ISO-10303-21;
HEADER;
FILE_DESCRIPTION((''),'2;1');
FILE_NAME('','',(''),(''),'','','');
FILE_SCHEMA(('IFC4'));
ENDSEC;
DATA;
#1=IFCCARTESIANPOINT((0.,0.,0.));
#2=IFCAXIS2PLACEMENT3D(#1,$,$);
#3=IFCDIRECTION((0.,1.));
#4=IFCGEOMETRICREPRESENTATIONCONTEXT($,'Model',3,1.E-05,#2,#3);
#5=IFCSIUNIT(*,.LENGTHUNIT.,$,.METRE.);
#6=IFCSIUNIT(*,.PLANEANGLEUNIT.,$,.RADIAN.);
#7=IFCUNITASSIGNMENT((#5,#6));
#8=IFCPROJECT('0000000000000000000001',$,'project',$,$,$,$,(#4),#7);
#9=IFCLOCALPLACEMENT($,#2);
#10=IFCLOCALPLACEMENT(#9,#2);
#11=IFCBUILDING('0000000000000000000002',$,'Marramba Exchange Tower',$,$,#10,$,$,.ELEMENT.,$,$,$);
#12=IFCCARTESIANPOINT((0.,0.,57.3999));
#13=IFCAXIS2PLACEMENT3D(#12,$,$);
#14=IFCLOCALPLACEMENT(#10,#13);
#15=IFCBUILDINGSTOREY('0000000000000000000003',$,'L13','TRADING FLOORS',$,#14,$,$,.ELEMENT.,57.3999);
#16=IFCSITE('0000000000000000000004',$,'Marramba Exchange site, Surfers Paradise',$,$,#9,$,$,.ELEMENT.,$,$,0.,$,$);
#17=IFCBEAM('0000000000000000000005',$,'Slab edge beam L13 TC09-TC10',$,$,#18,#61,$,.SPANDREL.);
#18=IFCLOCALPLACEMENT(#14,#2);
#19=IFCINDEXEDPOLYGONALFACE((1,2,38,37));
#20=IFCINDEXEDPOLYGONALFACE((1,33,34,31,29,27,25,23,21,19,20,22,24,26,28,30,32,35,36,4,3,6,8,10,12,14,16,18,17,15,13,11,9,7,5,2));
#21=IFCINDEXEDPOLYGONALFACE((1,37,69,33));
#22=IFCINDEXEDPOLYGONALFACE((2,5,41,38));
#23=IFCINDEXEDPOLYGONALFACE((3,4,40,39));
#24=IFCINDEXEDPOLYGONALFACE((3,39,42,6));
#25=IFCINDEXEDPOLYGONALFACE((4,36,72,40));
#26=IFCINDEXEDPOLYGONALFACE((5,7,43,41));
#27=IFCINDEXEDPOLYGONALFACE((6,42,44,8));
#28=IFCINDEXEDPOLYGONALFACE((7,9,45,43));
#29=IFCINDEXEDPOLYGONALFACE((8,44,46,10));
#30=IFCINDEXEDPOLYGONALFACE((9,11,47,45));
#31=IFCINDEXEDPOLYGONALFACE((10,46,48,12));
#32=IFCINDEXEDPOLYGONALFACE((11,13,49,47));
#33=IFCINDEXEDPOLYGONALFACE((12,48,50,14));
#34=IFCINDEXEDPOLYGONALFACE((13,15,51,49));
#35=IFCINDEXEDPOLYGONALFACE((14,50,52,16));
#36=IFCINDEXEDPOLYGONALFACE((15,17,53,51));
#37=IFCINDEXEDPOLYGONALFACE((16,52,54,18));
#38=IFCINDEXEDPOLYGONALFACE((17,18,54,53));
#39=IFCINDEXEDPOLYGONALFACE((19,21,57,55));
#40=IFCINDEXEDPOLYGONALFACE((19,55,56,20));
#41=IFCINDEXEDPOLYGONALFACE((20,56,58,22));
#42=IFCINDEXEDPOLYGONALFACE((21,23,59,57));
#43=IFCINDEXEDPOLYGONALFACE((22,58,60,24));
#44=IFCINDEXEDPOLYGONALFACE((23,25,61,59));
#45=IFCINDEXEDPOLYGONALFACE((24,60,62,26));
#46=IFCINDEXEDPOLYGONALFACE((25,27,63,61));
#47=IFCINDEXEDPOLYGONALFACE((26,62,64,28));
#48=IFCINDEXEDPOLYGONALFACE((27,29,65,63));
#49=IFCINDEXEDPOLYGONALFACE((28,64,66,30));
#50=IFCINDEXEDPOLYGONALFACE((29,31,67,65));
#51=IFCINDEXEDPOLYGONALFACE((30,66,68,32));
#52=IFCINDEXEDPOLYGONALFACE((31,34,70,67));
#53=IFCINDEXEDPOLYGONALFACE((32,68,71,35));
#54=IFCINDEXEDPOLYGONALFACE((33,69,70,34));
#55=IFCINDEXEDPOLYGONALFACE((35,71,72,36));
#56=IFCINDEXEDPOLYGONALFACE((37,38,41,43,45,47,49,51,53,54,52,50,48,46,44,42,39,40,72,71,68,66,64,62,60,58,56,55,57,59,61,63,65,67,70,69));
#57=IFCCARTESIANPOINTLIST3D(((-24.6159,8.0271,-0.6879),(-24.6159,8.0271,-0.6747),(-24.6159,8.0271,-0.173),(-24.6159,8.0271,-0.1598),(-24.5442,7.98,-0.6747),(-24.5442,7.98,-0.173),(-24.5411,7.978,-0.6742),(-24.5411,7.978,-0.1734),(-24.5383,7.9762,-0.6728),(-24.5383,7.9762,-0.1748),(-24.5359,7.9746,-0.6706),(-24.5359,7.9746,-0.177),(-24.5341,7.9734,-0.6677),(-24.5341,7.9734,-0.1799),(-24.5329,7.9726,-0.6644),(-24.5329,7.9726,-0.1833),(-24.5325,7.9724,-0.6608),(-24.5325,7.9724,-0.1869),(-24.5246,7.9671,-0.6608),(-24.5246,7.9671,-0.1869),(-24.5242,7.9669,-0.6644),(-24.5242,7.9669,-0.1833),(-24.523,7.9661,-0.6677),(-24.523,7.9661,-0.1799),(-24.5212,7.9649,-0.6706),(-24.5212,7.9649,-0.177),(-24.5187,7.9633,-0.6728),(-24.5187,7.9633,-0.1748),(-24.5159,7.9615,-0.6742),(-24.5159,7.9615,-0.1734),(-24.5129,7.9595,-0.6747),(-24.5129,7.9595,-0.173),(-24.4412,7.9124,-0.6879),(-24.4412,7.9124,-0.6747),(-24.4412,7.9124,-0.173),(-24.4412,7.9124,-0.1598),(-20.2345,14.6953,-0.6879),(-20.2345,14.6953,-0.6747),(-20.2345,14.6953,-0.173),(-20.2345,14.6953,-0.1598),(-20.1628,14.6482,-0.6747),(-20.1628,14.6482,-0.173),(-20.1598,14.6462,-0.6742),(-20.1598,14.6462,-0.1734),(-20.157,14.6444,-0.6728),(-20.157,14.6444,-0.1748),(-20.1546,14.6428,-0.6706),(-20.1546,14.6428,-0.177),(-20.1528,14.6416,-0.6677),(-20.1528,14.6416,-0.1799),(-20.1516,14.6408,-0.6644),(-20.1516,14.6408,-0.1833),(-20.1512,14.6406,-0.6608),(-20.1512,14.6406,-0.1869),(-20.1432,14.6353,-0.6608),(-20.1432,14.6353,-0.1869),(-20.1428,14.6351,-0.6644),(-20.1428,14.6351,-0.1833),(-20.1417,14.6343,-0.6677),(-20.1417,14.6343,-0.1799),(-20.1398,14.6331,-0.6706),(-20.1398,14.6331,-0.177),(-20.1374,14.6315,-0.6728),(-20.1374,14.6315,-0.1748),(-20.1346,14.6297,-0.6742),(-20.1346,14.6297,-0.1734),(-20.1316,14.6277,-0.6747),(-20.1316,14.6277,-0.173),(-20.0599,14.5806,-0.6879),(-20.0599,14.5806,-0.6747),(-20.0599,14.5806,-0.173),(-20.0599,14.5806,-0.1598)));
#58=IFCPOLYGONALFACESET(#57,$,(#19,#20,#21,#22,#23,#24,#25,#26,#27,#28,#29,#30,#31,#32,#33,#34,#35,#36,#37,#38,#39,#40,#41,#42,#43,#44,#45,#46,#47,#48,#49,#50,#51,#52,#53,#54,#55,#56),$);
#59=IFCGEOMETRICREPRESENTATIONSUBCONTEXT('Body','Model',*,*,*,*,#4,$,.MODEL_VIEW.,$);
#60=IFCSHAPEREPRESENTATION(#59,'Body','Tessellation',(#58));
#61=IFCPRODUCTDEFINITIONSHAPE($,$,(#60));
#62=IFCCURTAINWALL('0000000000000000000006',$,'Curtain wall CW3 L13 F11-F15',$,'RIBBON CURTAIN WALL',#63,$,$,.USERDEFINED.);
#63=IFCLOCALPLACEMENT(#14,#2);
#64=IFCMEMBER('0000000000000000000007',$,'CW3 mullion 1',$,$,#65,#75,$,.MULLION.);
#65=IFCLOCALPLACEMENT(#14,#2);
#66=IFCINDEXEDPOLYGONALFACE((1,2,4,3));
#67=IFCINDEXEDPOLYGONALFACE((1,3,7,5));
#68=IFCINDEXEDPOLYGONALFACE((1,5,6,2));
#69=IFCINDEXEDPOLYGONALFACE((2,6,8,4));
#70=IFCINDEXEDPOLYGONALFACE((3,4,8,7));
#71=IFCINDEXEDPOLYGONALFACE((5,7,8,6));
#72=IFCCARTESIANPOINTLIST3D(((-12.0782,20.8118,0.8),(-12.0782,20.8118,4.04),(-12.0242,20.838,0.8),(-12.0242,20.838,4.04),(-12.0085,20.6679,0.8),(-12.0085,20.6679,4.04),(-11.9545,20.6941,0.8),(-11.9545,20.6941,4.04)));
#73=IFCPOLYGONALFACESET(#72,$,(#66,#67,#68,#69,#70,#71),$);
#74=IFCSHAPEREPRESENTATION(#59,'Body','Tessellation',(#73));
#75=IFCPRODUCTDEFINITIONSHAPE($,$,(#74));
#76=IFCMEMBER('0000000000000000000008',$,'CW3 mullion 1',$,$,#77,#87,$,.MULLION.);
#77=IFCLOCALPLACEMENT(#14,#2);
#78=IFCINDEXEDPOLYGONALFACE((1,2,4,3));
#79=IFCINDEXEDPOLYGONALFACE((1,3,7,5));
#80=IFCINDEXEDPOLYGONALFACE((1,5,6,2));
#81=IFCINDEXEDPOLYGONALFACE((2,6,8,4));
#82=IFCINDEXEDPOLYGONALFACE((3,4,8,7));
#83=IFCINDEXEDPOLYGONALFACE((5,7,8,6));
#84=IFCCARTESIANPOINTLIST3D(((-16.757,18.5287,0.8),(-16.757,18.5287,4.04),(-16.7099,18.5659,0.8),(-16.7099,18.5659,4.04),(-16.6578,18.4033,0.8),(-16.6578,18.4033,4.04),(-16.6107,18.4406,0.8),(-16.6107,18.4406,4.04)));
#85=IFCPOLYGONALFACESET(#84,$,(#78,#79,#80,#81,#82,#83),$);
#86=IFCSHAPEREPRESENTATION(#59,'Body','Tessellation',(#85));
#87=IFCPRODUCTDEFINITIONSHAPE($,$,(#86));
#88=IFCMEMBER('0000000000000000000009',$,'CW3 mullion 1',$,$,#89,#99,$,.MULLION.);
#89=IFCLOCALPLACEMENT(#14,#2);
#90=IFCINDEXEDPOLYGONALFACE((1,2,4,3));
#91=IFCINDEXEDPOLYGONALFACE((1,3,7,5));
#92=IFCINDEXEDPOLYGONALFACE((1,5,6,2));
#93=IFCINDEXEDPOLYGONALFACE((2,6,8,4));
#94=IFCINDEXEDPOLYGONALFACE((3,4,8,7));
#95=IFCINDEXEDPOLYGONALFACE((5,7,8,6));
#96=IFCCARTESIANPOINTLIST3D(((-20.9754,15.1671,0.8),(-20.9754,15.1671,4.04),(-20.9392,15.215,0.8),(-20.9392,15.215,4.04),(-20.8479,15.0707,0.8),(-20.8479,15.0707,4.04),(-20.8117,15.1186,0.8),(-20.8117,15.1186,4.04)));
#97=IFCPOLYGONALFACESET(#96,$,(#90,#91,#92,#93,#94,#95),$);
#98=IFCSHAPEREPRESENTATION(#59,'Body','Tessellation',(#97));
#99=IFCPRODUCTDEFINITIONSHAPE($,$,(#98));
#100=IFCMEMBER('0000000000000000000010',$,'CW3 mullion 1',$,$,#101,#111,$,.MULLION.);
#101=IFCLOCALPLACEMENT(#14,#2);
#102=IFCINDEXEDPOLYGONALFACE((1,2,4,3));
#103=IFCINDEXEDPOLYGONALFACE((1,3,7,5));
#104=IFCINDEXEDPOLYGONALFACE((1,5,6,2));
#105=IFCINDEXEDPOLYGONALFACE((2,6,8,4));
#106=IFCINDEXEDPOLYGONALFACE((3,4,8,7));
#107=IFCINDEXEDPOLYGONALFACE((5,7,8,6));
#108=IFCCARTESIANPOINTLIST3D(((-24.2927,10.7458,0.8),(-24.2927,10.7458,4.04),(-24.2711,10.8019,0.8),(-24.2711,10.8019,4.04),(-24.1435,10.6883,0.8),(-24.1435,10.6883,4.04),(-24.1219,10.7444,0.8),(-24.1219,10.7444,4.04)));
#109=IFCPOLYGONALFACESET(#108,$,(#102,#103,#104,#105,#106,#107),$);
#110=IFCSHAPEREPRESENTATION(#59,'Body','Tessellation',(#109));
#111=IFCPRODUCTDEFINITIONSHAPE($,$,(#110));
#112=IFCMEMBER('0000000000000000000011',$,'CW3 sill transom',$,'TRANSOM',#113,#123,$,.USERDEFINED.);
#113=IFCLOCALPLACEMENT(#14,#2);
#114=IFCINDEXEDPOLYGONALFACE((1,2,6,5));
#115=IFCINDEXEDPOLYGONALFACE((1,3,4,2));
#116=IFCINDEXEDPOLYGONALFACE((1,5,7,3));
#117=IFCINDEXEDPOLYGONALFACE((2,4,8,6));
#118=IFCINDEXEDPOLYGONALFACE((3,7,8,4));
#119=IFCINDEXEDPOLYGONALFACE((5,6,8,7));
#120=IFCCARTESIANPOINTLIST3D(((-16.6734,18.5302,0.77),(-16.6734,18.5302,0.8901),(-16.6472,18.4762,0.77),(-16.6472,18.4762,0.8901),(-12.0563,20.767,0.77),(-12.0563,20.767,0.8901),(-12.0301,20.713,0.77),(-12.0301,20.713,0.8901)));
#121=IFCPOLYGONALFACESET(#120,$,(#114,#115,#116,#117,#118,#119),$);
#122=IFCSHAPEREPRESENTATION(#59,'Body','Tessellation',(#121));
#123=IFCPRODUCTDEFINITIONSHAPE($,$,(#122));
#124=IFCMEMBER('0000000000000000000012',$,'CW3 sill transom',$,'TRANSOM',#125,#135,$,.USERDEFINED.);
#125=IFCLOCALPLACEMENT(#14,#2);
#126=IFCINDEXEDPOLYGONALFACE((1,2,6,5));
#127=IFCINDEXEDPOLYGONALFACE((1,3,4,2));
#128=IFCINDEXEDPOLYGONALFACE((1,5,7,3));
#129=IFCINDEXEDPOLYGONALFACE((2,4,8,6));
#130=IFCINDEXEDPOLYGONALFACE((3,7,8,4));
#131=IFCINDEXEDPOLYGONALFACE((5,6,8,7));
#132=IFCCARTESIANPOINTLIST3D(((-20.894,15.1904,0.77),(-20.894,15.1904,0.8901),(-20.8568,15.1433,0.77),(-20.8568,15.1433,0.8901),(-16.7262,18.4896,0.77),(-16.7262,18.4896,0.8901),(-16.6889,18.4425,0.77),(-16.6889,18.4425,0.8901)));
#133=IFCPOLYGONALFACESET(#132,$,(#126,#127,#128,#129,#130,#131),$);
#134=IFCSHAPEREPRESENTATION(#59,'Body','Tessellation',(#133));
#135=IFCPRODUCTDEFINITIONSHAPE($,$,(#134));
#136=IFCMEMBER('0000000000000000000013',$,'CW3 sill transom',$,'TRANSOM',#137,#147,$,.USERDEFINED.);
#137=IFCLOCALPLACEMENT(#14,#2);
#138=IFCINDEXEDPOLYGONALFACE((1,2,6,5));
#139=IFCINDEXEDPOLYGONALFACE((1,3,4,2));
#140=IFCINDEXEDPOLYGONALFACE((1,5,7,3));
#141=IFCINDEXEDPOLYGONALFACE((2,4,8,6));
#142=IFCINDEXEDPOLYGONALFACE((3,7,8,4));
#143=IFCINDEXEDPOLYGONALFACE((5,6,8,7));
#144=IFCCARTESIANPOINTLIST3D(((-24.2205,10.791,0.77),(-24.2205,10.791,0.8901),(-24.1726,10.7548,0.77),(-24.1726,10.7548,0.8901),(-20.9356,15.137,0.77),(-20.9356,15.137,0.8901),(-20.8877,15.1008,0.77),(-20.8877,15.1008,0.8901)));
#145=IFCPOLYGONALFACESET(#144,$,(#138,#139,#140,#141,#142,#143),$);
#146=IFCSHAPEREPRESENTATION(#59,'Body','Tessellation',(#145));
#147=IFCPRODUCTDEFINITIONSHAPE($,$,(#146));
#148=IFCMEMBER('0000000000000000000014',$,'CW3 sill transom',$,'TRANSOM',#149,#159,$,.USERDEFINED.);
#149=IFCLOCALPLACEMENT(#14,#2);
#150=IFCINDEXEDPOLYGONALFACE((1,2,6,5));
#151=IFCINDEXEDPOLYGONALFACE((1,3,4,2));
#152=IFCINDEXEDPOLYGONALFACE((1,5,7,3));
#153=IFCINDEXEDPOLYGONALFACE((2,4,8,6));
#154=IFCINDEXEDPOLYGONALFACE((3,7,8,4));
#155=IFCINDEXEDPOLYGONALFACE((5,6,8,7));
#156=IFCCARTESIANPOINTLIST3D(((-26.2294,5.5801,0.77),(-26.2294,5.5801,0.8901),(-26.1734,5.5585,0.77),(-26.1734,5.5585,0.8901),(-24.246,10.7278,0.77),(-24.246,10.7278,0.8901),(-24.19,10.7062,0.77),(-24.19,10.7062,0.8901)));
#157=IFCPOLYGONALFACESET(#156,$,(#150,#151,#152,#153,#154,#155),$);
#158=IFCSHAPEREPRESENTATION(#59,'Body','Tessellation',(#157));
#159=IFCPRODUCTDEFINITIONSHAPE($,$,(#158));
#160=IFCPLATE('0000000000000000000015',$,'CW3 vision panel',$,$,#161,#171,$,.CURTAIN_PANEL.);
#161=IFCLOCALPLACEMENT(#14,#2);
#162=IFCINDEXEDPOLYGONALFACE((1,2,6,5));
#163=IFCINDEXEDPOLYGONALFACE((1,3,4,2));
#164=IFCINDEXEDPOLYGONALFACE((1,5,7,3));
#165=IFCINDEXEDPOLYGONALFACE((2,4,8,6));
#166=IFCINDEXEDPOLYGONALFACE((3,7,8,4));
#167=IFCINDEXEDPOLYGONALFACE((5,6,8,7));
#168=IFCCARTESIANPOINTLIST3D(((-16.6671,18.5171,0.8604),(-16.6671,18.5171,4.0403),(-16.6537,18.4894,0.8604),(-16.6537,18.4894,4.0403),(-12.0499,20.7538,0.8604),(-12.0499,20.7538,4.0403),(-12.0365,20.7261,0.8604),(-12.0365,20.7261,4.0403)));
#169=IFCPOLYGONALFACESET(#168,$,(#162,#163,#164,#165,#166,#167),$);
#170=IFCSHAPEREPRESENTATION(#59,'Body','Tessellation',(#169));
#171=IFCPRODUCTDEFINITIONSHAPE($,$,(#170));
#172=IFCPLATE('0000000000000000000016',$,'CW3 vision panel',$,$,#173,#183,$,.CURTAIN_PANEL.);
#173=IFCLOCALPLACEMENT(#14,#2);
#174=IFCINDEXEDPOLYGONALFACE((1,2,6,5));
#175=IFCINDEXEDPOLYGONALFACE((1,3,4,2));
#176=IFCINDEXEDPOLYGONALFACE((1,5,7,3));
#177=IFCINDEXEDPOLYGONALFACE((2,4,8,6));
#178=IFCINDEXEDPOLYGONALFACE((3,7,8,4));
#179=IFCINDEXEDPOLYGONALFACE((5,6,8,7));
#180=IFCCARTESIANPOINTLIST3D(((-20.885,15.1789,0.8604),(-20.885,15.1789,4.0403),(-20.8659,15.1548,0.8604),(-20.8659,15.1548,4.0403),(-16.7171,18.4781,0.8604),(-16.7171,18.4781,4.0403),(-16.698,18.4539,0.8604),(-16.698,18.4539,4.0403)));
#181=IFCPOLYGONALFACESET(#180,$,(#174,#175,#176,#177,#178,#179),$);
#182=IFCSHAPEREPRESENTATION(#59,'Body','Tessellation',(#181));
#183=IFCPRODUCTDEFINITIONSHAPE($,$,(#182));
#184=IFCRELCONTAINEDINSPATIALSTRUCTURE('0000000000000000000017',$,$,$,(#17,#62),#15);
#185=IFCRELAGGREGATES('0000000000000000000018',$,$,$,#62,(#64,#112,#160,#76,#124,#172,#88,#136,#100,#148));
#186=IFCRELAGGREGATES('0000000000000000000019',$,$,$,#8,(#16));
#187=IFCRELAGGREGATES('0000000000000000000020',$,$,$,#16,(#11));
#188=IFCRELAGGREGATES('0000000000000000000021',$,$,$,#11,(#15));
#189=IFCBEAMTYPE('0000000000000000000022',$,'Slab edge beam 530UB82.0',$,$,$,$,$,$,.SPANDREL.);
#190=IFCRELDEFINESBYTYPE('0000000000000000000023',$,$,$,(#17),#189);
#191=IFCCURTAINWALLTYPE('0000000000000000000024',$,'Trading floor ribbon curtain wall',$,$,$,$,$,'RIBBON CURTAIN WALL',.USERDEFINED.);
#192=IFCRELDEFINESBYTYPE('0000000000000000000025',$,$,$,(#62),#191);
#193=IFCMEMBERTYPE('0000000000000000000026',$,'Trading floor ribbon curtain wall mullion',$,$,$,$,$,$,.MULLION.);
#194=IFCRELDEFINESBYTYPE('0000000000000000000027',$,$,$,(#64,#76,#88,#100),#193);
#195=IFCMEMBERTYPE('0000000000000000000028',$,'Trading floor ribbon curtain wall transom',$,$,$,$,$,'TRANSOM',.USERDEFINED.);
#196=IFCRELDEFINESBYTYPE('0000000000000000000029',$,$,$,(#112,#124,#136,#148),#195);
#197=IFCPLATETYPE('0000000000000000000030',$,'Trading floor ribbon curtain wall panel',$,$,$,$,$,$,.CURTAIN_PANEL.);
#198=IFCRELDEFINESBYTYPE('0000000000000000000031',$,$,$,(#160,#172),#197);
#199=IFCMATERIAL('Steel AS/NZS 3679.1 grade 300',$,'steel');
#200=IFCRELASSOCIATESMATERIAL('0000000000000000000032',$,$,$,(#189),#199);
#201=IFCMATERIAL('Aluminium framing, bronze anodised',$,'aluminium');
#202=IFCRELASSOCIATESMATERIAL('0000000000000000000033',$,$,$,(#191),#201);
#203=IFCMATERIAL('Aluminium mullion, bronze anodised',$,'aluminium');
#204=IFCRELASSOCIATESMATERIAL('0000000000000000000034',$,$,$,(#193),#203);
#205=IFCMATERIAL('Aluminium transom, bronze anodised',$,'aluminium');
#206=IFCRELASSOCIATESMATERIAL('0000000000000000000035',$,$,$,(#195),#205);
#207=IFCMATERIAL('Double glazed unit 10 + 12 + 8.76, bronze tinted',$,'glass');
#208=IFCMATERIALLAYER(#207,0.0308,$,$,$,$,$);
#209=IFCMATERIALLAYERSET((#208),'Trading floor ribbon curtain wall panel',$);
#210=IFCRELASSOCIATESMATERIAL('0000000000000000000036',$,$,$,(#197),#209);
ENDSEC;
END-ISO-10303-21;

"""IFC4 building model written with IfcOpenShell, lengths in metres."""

from ifc_helpers import new_model, si_unit, direction, frame, origin, origin_2d, place, context, subcontext, project, spatial, rectangle, i_section, extrude, material, layer, layer_set, material_profile, profile_set, type_object, element, aggregate, save


model = new_model("IFC4")

# Units and contexts
model_context = context("Model", 3, precision=1e-05, world=origin(), true_north=direction((0.0, 1.0)))
body_context = subcontext(model_context, "Body", "Model", "MODEL_VIEW")
ifc_project = project(units=[si_unit("LENGTHUNIT", "METRE"), si_unit("PLANEANGLEUNIT", "RADIAN")], contexts=[model_context])

# Site, building, storey
site_placement = place(None, origin())
site = spatial("IfcSite", under=ifc_project, at=site_placement, Name="Marramba Exchange site, Surfers Paradise", CompositionType="ELEMENT", RefElevation=0.0)
building_placement = place(site_placement, origin())
building = spatial("IfcBuilding", under=site, at=building_placement, Name="Marramba Exchange Tower", CompositionType="ELEMENT")
storey_placement = place(building_placement, frame((0.0, 0.0, 57.3999)))
storey = spatial("IfcBuildingStorey", under=building, at=storey_placement, Name="L13", Description="TRADING FLOORS", CompositionType="ELEMENT", Elevation=57.3999)

# Beam
ifc_material_1 = material(Name="Steel AS/NZS 3679.1 grade 300", Category="steel")
ifc_material_profile_1 = material_profile(ifc_material_1, i_section(OverallWidth=0.209, OverallDepth=0.5281, WebThickness=0.0095, FlangeThickness=0.0132, FilletRadius=0.0139, at=origin_2d()), Name="530UB82.0")
ifc_profile_set_1 = profile_set([ifc_material_profile_1], Name="Steel AS/NZS 3679.1 grade 300")
beam_type_1 = type_object("IfcBeamType", Name="Slab edge beam 530UB82.0", PredefinedType="SPANDREL", material=ifc_profile_set_1)
beam_1_placement = place(storey_placement, frame((-20.1472, 14.6379, -0.4238), z_axis=(-0.549124, -0.835741, 0.0), x_axis=(0.835741, -0.549124, 0.0)))
element("IfcBeam", 1, at=beam_1_placement, inside=storey, type_object=beam_type_1, Name="Slab edge beam L13 TC09-TC10", PredefinedType="SPANDREL", context=body_context, shape_type="SweptSolid", body=[
    extrude(i_section(OverallWidth=0.209, OverallDepth=0.5281, WebThickness=0.0095, FlangeThickness=0.0132, FilletRadius=0.0139, at=origin_2d()), origin(), (0.0, 0.0, 1.0), 7.9788),
])

# Curtain wall, members, plates
ifc_material_2 = material(Name="Aluminium framing, bronze anodised", Category="aluminium")
curtain_wall_type = type_object("IfcCurtainWallType", Name="Trading floor ribbon curtain wall", ElementType="RIBBON CURTAIN WALL", PredefinedType="USERDEFINED", material=ifc_material_2)
curtain_wall_placement = place(storey_placement, origin())
curtain_wall = element("IfcCurtainWall", 2, at=curtain_wall_placement, inside=storey, type_object=curtain_wall_type, Name="Curtain wall CW3 L13 F11-F15", ObjectType="RIBBON CURTAIN WALL", PredefinedType="USERDEFINED")
ifc_material_3 = material(Name="Aluminium mullion, bronze anodised", Category="aluminium")
ifc_material_profile_2 = material_profile(ifc_material_3, rectangle(XDim=0.1599, YDim=0.0601, at=origin_2d()), Name="CW3 mullion 60x160")
ifc_profile_set_2 = profile_set([ifc_material_profile_2], Name="Aluminium mullion, bronze anodised")
member_type_1 = type_object("IfcMemberType", Name="Trading floor ribbon curtain wall mullion", PredefinedType="MULLION", material=ifc_profile_set_2)
member_1_placement = place(storey_placement, frame((-12.0164, 20.7529, 0.8), z_axis=(0.0, 0.0, 1.0), x_axis=(0.435965, -0.899963, 0.0)))
member_1 = element("IfcMember", 3, at=member_1_placement, type_object=member_type_1, Name="CW3 mullion 1", PredefinedType="MULLION", context=body_context, shape_type="SweptSolid", body=[
    extrude(rectangle(XDim=0.1599, YDim=0.0601, at=origin_2d()), origin(), (0.0, 0.0, 1.0), 3.24),
])
member_2_placement = place(storey_placement, frame((-16.6838, 18.4846, 0.8), z_axis=(0.0, 0.0, 1.0), x_axis=(0.62065, -0.784088, 0.0)))
member_2 = element("IfcMember", 4, at=member_2_placement, type_object=member_type_1, Name="CW3 mullion 1", PredefinedType="MULLION", context=body_context, shape_type="SweptSolid", body=[
    extrude(rectangle(XDim=0.1599, YDim=0.0601, at=origin_2d()), origin(), (0.0, 0.0, 1.0), 3.24),
])
member_3_placement = place(storey_placement, frame((-20.8936, 15.1428, 0.8), z_axis=(0.0, 0.0, 1.0), x_axis=(0.797749, -0.60299, 0.0)))
member_3 = element("IfcMember", 5, at=member_3_placement, type_object=member_type_1, Name="CW3 mullion 1", PredefinedType="MULLION", context=body_context, shape_type="SweptSolid", body=[
    extrude(rectangle(XDim=0.1599, YDim=0.0601, at=origin_2d()), origin(), (0.0, 0.0, 1.0), 3.24),
])
member_4_placement = place(storey_placement, frame((-24.2073, 10.7451, 0.8), z_axis=(0.0, 0.0, 1.0), x_axis=(0.933135, -0.359526, 0.0)))
member_4 = element("IfcMember", 6, at=member_4_placement, type_object=member_type_1, Name="CW3 mullion 1", PredefinedType="MULLION", context=body_context, shape_type="SweptSolid", body=[
    extrude(rectangle(XDim=0.1599, YDim=0.0601, at=origin_2d()), origin(), (0.0, 0.0, 1.0), 3.24),
])
ifc_material_4 = material(Name="Aluminium transom, bronze anodised", Category="aluminium")
ifc_material_profile_3 = material_profile(ifc_material_4, rectangle(XDim=0.0601, YDim=0.1201, at=origin_2d()), Name="CW3 transom 60x120")
ifc_profile_set_3 = profile_set([ifc_material_profile_3], Name="Aluminium transom, bronze anodised")
member_type_2 = type_object("IfcMemberType", Name="Trading floor ribbon curtain wall transom", ElementType="TRANSOM", PredefinedType="USERDEFINED", material=ifc_profile_set_3)
member_5_placement = place(storey_placement, frame((-12.0432, 20.74, 0.8301), z_axis=(-0.899953, -0.435986, 0.0), x_axis=(0.435986, -0.899953, 0.0)))
member_5 = element("IfcMember", 7, at=member_5_placement, type_object=member_type_2, Name="CW3 sill transom", ObjectType="TRANSOM", PredefinedType="USERDEFINED", context=body_context, shape_type="SweptSolid", body=[
    extrude(rectangle(XDim=0.0601, YDim=0.1201, at=origin_2d()), origin(), (0.0, 0.0, 1.0), 5.1304),
])
member_6_placement = place(storey_placement, frame((-16.7075, 18.4661, 0.8301), z_axis=(-0.784076, -0.620665, 0.0), x_axis=(0.620665, -0.784076, 0.0)))
member_6 = element("IfcMember", 8, at=member_6_placement, type_object=member_type_2, Name="CW3 sill transom", ObjectType="TRANSOM", PredefinedType="USERDEFINED", context=body_context, shape_type="SweptSolid", body=[
    extrude(rectangle(XDim=0.0601, YDim=0.1201, at=origin_2d()), origin(), (0.0, 0.0, 1.0), 5.3157),
])
member_7_placement = place(storey_placement, frame((-20.9116, 15.1189, 0.8301), z_axis=(-0.602986, -0.797752, 0.0), x_axis=(0.797752, -0.602986, 0.0)))
member_7 = element("IfcMember", 9, at=member_7_placement, type_object=member_type_2, Name="CW3 sill transom", ObjectType="TRANSOM", PredefinedType="USERDEFINED", context=body_context, shape_type="SweptSolid", body=[
    extrude(rectangle(XDim=0.0601, YDim=0.1201, at=origin_2d()), origin(), (0.0, 0.0, 1.0), 5.4478),
])
member_8_placement = place(storey_placement, frame((-24.218, 10.717, 0.8301), z_axis=(-0.359534, -0.933132, 0.0), x_axis=(0.933132, -0.359534, 0.0)))
member_8 = element("IfcMember", 10, at=member_8_placement, type_object=member_type_2, Name="CW3 sill transom", ObjectType="TRANSOM", PredefinedType="USERDEFINED", context=body_context, shape_type="SweptSolid", body=[
    extrude(rectangle(XDim=0.0601, YDim=0.1201, at=origin_2d()), origin(), (0.0, 0.0, 1.0), 5.5166),
])
ifc_material_5 = material(Name="Double glazed unit 10 + 12 + 8.76, bronze tinted", Category="glass")
ifc_layer_1 = layer(ifc_material_5, 0.0308)
ifc_layer_set_1 = layer_set([ifc_layer_1], Name="Trading floor ribbon curtain wall panel")
plate_type = type_object("IfcPlateType", Name="Trading floor ribbon curtain wall panel", PredefinedType="CURTAIN_PANEL", material=ifc_layer_set_1)
plate_1_placement = place(storey_placement, frame((-14.3518, 19.6216, 0.8604), z_axis=(0.0, 0.0, 1.0), x_axis=(-0.899963, -0.435965, 0.0)))
plate_1 = element("IfcPlate", 11, at=plate_1_placement, type_object=plate_type, Name="CW3 vision panel", PredefinedType="CURTAIN_PANEL", context=body_context, shape_type="SweptSolid", body=[
    extrude(rectangle(XDim=5.1304, YDim=0.0308, at=origin_2d()), origin(), (0.0, 0.0, 1.0), 3.1799),
])
plate_2_placement = place(storey_placement, frame((-18.7915, 16.8164, 0.8604), z_axis=(0.0, 0.0, 1.0), x_axis=(-0.784088, -0.62065, 0.0)))
plate_2 = element("IfcPlate", 12, at=plate_2_placement, type_object=plate_type, Name="CW3 vision panel", PredefinedType="CURTAIN_PANEL", context=body_context, shape_type="SweptSolid", body=[
    extrude(rectangle(XDim=5.3157, YDim=0.0308, at=origin_2d()), origin(), (0.0, 0.0, 1.0), 3.1799),
])
aggregate(curtain_wall, [member_1, member_5, plate_1, member_2, member_6, plate_2, member_3, member_7, member_4, member_8])

save(model, "model.ifc")
